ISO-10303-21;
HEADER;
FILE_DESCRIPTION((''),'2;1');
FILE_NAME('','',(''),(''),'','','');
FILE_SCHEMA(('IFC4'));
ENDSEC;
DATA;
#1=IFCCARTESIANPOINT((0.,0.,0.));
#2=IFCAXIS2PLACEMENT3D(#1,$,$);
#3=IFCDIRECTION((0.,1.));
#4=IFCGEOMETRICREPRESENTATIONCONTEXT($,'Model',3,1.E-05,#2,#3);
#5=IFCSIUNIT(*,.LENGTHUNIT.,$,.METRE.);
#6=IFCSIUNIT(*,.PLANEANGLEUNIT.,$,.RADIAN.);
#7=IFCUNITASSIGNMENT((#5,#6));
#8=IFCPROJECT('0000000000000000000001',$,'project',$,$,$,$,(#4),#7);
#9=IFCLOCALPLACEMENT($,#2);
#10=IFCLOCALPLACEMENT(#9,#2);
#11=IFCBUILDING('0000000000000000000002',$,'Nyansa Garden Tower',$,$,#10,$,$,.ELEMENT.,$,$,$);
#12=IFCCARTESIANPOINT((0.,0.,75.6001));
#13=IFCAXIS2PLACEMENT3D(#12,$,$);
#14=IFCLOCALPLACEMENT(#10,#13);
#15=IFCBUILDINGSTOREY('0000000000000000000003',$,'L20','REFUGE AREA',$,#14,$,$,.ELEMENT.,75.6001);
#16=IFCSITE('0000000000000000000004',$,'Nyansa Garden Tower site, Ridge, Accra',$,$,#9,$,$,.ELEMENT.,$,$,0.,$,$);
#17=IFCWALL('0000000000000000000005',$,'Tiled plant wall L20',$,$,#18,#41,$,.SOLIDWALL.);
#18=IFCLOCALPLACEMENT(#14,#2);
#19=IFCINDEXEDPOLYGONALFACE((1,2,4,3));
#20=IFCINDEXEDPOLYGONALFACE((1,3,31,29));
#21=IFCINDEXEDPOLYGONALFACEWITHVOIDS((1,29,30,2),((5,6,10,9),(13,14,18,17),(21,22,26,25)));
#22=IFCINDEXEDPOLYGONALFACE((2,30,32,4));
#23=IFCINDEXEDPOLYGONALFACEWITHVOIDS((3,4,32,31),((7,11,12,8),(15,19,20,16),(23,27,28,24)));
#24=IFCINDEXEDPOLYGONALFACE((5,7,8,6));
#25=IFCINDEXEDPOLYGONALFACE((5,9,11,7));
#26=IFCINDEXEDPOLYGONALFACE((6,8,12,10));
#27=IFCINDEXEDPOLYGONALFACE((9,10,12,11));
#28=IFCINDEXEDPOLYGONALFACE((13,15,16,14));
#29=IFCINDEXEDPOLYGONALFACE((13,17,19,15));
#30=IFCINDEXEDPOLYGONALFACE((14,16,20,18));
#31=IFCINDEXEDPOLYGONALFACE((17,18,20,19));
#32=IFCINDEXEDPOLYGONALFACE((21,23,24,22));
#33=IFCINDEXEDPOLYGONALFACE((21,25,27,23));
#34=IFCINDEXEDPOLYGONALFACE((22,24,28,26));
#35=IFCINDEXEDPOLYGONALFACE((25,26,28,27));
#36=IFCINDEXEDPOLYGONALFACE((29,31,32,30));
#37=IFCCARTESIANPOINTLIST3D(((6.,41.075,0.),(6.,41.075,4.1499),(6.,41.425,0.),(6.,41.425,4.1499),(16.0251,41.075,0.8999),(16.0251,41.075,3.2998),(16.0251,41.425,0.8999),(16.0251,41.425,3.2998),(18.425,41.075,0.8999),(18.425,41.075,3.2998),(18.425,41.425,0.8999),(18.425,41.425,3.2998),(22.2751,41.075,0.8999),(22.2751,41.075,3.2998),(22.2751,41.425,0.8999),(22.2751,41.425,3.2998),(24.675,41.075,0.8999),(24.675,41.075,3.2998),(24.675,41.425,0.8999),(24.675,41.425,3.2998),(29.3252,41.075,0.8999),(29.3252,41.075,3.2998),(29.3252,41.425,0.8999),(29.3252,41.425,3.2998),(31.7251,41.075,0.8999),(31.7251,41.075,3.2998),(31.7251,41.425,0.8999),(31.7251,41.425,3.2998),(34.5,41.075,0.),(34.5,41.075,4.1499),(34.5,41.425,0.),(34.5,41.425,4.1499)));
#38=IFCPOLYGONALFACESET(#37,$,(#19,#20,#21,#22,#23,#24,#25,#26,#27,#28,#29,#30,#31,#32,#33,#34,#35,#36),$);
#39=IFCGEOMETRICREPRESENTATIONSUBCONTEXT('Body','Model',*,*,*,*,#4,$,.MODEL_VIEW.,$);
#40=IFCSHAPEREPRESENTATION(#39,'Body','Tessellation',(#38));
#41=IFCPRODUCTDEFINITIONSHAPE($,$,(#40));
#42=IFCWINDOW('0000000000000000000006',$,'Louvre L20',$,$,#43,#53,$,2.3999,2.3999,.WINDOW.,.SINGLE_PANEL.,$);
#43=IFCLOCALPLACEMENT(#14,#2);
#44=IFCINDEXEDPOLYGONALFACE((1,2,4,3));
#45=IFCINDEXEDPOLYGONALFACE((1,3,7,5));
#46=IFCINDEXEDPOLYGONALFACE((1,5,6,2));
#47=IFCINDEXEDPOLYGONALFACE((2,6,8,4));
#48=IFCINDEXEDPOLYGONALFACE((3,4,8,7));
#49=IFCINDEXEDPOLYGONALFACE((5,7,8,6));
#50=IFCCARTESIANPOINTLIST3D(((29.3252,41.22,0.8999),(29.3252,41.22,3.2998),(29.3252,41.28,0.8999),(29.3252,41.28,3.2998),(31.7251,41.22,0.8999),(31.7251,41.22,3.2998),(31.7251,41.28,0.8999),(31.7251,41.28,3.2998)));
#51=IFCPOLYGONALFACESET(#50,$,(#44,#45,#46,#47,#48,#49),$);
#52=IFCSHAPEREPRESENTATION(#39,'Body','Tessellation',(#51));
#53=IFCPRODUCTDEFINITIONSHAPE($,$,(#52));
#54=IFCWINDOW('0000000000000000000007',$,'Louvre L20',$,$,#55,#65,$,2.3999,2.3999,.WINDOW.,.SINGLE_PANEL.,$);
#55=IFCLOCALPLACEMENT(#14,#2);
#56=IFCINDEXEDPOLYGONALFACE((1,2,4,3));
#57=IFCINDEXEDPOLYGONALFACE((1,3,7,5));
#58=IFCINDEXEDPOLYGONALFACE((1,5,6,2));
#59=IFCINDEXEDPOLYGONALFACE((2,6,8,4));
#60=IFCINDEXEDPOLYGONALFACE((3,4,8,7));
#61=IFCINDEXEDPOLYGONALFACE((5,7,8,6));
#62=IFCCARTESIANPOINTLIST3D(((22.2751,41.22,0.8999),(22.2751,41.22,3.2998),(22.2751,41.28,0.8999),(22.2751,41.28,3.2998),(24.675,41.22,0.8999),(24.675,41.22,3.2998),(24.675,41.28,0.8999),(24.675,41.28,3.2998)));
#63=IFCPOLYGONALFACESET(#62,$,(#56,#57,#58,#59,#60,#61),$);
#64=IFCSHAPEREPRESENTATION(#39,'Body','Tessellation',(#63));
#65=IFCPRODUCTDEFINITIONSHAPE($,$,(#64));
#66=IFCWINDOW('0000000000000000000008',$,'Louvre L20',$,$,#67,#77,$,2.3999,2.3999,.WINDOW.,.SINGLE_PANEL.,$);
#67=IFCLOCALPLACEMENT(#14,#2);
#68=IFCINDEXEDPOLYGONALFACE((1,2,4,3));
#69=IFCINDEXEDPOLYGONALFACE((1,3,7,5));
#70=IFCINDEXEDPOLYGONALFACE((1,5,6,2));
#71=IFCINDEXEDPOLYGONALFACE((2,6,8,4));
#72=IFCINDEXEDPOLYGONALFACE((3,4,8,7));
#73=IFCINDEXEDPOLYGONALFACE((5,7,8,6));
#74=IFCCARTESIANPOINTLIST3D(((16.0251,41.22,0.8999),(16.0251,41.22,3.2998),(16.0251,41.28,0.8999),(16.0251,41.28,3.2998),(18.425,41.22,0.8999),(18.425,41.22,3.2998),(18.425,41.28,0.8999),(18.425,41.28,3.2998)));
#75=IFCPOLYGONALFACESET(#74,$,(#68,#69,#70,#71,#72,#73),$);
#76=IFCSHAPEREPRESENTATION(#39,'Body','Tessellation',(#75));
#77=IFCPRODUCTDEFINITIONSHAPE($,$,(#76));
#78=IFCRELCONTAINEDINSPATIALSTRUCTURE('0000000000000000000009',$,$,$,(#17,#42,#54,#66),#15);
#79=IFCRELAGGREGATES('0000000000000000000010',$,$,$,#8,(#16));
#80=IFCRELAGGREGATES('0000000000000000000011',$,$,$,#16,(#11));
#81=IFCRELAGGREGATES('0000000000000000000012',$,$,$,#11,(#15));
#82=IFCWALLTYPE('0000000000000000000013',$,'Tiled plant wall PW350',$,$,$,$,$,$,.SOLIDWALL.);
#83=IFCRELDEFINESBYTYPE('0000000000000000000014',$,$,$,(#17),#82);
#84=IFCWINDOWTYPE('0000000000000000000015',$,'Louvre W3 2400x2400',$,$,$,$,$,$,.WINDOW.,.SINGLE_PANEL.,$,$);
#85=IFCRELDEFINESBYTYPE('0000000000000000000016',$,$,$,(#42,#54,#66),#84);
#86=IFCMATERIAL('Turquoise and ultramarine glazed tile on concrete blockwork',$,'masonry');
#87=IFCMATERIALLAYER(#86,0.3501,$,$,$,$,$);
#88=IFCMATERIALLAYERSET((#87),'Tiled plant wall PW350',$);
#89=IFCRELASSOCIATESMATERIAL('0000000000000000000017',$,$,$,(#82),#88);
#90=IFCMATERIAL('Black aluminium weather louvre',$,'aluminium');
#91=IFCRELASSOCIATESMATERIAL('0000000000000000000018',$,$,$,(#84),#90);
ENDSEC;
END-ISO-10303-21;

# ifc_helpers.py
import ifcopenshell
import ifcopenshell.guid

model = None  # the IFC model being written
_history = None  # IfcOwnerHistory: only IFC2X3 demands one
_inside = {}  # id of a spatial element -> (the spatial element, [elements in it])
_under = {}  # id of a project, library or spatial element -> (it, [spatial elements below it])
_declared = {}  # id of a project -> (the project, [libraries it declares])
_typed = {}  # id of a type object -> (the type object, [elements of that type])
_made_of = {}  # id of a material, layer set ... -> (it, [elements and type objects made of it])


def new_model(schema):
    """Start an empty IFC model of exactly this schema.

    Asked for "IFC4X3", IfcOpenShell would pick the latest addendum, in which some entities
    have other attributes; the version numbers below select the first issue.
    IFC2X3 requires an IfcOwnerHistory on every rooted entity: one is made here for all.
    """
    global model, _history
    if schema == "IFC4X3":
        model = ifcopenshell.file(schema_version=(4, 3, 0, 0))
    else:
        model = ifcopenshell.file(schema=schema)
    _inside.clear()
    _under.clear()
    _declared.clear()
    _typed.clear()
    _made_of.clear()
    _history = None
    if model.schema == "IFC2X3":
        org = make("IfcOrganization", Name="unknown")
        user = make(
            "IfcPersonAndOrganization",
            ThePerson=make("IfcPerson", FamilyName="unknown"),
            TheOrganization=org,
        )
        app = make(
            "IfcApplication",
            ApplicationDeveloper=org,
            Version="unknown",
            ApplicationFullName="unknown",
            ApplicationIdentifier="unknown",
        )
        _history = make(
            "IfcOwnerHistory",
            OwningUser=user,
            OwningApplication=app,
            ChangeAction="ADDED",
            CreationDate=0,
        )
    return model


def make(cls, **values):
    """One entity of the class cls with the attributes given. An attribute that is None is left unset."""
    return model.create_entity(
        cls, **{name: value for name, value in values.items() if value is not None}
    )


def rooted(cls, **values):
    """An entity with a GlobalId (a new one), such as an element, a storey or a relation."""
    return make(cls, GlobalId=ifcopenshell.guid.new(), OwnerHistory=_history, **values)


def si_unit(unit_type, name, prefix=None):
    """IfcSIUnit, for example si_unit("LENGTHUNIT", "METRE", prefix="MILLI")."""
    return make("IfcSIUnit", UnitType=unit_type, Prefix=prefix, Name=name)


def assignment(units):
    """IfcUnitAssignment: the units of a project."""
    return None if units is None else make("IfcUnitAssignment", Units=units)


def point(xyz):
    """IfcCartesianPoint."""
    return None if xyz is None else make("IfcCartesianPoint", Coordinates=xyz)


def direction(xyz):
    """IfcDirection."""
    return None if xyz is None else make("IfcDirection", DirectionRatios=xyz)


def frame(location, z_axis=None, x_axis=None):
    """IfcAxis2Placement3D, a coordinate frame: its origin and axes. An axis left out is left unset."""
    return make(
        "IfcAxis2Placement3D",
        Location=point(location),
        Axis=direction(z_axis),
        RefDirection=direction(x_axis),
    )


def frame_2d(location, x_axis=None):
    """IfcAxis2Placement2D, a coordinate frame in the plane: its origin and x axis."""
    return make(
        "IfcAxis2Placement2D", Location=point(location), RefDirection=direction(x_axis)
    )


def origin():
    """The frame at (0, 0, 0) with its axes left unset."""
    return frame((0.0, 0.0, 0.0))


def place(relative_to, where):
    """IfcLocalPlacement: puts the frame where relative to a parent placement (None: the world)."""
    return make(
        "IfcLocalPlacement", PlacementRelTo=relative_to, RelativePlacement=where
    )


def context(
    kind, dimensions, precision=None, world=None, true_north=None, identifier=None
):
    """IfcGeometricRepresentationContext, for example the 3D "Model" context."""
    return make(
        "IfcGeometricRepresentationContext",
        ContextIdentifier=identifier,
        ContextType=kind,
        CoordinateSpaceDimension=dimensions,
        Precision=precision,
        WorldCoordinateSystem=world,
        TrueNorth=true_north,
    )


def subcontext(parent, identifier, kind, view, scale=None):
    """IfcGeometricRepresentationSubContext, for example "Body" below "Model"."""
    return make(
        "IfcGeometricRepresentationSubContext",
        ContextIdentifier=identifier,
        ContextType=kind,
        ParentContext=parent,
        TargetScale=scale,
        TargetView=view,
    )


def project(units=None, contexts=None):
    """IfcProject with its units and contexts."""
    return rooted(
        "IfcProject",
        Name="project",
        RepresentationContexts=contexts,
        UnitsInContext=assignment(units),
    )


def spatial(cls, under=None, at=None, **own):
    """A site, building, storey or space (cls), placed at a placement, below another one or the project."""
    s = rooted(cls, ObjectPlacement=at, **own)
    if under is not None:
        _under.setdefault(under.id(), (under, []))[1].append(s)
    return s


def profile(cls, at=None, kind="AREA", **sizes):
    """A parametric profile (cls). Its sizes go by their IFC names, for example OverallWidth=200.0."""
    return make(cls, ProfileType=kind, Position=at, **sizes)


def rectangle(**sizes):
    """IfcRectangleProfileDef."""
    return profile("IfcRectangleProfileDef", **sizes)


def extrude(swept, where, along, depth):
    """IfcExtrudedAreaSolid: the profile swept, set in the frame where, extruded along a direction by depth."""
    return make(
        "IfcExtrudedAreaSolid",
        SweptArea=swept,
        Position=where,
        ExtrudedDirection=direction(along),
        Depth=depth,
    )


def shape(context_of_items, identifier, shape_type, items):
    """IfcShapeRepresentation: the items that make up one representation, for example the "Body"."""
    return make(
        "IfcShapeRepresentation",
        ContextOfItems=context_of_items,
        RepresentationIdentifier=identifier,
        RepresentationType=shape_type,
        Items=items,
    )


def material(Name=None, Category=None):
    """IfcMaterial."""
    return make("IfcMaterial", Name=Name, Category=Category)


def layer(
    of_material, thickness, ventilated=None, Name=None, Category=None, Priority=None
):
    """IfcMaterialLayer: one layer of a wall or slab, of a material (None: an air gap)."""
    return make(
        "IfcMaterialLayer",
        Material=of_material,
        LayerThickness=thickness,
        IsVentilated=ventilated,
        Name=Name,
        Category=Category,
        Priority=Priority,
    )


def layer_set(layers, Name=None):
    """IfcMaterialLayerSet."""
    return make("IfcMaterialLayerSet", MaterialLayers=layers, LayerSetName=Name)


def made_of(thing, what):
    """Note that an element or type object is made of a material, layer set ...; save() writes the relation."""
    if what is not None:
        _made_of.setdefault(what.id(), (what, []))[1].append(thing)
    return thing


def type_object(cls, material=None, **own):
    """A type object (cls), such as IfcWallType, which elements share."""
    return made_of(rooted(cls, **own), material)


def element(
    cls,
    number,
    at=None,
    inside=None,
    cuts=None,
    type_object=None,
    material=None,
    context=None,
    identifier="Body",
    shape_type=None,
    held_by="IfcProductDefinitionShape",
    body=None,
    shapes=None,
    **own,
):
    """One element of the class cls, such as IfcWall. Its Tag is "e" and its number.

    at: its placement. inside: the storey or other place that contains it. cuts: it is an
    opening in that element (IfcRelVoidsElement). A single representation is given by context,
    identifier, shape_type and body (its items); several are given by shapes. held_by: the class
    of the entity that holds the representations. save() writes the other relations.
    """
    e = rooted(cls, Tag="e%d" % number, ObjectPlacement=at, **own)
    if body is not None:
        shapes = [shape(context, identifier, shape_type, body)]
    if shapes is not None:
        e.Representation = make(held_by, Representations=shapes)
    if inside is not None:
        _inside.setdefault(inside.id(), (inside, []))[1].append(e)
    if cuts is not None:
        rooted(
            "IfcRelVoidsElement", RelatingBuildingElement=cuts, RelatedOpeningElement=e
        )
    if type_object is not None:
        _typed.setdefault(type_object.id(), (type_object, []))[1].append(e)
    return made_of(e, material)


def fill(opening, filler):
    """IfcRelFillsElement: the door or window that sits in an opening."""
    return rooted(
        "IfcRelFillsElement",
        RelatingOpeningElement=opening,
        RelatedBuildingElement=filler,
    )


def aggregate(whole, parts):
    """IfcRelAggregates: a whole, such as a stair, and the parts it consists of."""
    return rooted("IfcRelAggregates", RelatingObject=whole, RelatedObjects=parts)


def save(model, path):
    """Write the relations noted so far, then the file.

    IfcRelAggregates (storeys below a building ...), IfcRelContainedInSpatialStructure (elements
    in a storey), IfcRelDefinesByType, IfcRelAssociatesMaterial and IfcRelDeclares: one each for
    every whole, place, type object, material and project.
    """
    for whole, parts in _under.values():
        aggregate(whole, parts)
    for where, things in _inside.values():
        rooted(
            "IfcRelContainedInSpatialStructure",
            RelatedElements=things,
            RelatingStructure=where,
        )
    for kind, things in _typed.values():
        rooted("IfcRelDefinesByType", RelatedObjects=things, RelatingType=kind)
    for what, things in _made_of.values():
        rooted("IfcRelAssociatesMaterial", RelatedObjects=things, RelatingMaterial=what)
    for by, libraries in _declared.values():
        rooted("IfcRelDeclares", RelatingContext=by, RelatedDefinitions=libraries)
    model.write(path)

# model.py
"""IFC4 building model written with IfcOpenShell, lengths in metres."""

from ifc_helpers import new_model, si_unit, direction, frame, frame_2d, origin, place, context, subcontext, project, spatial, rectangle, extrude, material, layer, layer_set, type_object, element, fill, save


model = new_model("IFC4")

# Units and contexts
model_context = context("Model", 3, precision=1e-05, world=origin(), true_north=direction((0.0, 1.0)))
body_context = subcontext(model_context, "Body", "Model", "MODEL_VIEW")
ifc_project = project(units=[si_unit("LENGTHUNIT", "METRE"), si_unit("PLANEANGLEUNIT", "RADIAN")], contexts=[model_context])

# Site, building, storey
site_placement = place(None, origin())
site = spatial("IfcSite", under=ifc_project, at=site_placement, Name="Nyansa Garden Tower site, Ridge, Accra", CompositionType="ELEMENT", RefElevation=0.0)
building_placement = place(site_placement, origin())
building = spatial("IfcBuilding", under=site, at=building_placement, Name="Nyansa Garden Tower", CompositionType="ELEMENT")
storey_placement = place(building_placement, frame((0.0, 0.0, 75.6001)))
storey = spatial("IfcBuildingStorey", under=building, at=storey_placement, Name="L20", Description="REFUGE AREA", CompositionType="ELEMENT", Elevation=75.6001)

# Shared definitions
ifc_material_1 = material(Name="Turquoise and ultramarine glazed tile on concrete blockwork", Category="masonry")
ifc_layer = layer(ifc_material_1, 0.3501)
ifc_layer_set = layer_set([ifc_layer], Name="Tiled plant wall PW350")
wall_type = type_object("IfcWallType", Name="Tiled plant wall PW350", PredefinedType="SOLIDWALL", material=ifc_layer_set)

# Wall, openings, windows
wall_placement = place(storey_placement, frame((34.5, 41.25, 0.0), z_axis=(0.0, 0.0, 1.0), x_axis=(-1.0, 0.0, 0.0)))
wall = element("IfcWall", 1, at=wall_placement, inside=storey, type_object=wall_type, Name="Tiled plant wall L20", PredefinedType="SOLIDWALL", context=body_context, shape_type="SweptSolid", body=[
    extrude(rectangle(XDim=28.5, YDim=0.3501, at=frame_2d((14.25, 0.0))), origin(), (0.0, 0.0, 1.0), 4.1499),
])
opening_1_placement = place(wall_placement, frame((2.7749, 0.0, 0.8999)))
opening_1 = element("IfcOpeningElement", 2, at=opening_1_placement, cuts=wall, PredefinedType="OPENING", context=body_context, shape_type="SweptSolid", body=[
    extrude(rectangle(XDim=2.3999, YDim=2.3999, at=frame_2d((1.2, 1.2))), frame((0.0, 0.1851, 0.0), z_axis=(0.0, -1.0, 0.0), x_axis=(1.0, 0.0, 0.0)), (0.0, 0.0, 1.0), 0.3701),
])
opening_2_placement = place(wall_placement, frame((9.825, 0.0, 0.8999)))
opening_2 = element("IfcOpeningElement", 3, at=opening_2_placement, cuts=wall, PredefinedType="OPENING", context=body_context, shape_type="SweptSolid", body=[
    extrude(rectangle(XDim=2.3999, YDim=2.3999, at=frame_2d((1.2, 1.2))), frame((0.0, 0.1851, 0.0), z_axis=(0.0, -1.0, 0.0), x_axis=(1.0, 0.0, 0.0)), (0.0, 0.0, 1.0), 0.3701),
])
opening_3_placement = place(wall_placement, frame((16.075, 0.0, 0.8999)))
opening_3 = element("IfcOpeningElement", 4, at=opening_3_placement, cuts=wall, PredefinedType="OPENING", context=body_context, shape_type="SweptSolid", body=[
    extrude(rectangle(XDim=2.3999, YDim=2.3999, at=frame_2d((1.2, 1.2))), frame((0.0, 0.1851, 0.0), z_axis=(0.0, -1.0, 0.0), x_axis=(1.0, 0.0, 0.0)), (0.0, 0.0, 1.0), 0.3701),
])
ifc_material_2 = material(Name="Black aluminium weather louvre", Category="aluminium")
window_type = type_object("IfcWindowType", Name="Louvre W3 2400x2400", PartitioningType="SINGLE_PANEL", PredefinedType="WINDOW", material=ifc_material_2)
window_1_placement = place(opening_1_placement, origin())
window_1 = element("IfcWindow", 5, at=window_1_placement, inside=storey, type_object=window_type, Name="Louvre L20", OverallHeight=2.3999, OverallWidth=2.3999, PartitioningType="SINGLE_PANEL", PredefinedType="WINDOW", context=body_context, shape_type="SweptSolid", body=[
    extrude(rectangle(XDim=2.3999, YDim=2.3999, at=frame_2d((1.2, 1.2))), frame((0.0, 0.03, 0.0), z_axis=(0.0, -1.0, 0.0), x_axis=(1.0, 0.0, 0.0)), (0.0, 0.0, 1.0), 0.0601),
])
fill(opening_1, window_1)
window_2_placement = place(opening_2_placement, origin())
window_2 = element("IfcWindow", 6, at=window_2_placement, inside=storey, type_object=window_type, Name="Louvre L20", OverallHeight=2.3999, OverallWidth=2.3999, PartitioningType="SINGLE_PANEL", PredefinedType="WINDOW", context=body_context, shape_type="SweptSolid", body=[
    extrude(rectangle(XDim=2.3999, YDim=2.3999, at=frame_2d((1.2, 1.2))), frame((0.0, 0.03, 0.0), z_axis=(0.0, -1.0, 0.0), x_axis=(1.0, 0.0, 0.0)), (0.0, 0.0, 1.0), 0.0601),
])
fill(opening_2, window_2)
window_3_placement = place(opening_3_placement, origin())
window_3 = element("IfcWindow", 7, at=window_3_placement, inside=storey, type_object=window_type, Name="Louvre L20", OverallHeight=2.3999, OverallWidth=2.3999, PartitioningType="SINGLE_PANEL", PredefinedType="WINDOW", context=body_context, shape_type="SweptSolid", body=[
    extrude(rectangle(XDim=2.3999, YDim=2.3999, at=frame_2d((1.2, 1.2))), frame((0.0, 0.03, 0.0), z_axis=(0.0, -1.0, 0.0), x_axis=(1.0, 0.0, 0.0)), (0.0, 0.0, 1.0), 0.0601),
])
fill(opening_3, window_3)

save(model, "model.ifc")
